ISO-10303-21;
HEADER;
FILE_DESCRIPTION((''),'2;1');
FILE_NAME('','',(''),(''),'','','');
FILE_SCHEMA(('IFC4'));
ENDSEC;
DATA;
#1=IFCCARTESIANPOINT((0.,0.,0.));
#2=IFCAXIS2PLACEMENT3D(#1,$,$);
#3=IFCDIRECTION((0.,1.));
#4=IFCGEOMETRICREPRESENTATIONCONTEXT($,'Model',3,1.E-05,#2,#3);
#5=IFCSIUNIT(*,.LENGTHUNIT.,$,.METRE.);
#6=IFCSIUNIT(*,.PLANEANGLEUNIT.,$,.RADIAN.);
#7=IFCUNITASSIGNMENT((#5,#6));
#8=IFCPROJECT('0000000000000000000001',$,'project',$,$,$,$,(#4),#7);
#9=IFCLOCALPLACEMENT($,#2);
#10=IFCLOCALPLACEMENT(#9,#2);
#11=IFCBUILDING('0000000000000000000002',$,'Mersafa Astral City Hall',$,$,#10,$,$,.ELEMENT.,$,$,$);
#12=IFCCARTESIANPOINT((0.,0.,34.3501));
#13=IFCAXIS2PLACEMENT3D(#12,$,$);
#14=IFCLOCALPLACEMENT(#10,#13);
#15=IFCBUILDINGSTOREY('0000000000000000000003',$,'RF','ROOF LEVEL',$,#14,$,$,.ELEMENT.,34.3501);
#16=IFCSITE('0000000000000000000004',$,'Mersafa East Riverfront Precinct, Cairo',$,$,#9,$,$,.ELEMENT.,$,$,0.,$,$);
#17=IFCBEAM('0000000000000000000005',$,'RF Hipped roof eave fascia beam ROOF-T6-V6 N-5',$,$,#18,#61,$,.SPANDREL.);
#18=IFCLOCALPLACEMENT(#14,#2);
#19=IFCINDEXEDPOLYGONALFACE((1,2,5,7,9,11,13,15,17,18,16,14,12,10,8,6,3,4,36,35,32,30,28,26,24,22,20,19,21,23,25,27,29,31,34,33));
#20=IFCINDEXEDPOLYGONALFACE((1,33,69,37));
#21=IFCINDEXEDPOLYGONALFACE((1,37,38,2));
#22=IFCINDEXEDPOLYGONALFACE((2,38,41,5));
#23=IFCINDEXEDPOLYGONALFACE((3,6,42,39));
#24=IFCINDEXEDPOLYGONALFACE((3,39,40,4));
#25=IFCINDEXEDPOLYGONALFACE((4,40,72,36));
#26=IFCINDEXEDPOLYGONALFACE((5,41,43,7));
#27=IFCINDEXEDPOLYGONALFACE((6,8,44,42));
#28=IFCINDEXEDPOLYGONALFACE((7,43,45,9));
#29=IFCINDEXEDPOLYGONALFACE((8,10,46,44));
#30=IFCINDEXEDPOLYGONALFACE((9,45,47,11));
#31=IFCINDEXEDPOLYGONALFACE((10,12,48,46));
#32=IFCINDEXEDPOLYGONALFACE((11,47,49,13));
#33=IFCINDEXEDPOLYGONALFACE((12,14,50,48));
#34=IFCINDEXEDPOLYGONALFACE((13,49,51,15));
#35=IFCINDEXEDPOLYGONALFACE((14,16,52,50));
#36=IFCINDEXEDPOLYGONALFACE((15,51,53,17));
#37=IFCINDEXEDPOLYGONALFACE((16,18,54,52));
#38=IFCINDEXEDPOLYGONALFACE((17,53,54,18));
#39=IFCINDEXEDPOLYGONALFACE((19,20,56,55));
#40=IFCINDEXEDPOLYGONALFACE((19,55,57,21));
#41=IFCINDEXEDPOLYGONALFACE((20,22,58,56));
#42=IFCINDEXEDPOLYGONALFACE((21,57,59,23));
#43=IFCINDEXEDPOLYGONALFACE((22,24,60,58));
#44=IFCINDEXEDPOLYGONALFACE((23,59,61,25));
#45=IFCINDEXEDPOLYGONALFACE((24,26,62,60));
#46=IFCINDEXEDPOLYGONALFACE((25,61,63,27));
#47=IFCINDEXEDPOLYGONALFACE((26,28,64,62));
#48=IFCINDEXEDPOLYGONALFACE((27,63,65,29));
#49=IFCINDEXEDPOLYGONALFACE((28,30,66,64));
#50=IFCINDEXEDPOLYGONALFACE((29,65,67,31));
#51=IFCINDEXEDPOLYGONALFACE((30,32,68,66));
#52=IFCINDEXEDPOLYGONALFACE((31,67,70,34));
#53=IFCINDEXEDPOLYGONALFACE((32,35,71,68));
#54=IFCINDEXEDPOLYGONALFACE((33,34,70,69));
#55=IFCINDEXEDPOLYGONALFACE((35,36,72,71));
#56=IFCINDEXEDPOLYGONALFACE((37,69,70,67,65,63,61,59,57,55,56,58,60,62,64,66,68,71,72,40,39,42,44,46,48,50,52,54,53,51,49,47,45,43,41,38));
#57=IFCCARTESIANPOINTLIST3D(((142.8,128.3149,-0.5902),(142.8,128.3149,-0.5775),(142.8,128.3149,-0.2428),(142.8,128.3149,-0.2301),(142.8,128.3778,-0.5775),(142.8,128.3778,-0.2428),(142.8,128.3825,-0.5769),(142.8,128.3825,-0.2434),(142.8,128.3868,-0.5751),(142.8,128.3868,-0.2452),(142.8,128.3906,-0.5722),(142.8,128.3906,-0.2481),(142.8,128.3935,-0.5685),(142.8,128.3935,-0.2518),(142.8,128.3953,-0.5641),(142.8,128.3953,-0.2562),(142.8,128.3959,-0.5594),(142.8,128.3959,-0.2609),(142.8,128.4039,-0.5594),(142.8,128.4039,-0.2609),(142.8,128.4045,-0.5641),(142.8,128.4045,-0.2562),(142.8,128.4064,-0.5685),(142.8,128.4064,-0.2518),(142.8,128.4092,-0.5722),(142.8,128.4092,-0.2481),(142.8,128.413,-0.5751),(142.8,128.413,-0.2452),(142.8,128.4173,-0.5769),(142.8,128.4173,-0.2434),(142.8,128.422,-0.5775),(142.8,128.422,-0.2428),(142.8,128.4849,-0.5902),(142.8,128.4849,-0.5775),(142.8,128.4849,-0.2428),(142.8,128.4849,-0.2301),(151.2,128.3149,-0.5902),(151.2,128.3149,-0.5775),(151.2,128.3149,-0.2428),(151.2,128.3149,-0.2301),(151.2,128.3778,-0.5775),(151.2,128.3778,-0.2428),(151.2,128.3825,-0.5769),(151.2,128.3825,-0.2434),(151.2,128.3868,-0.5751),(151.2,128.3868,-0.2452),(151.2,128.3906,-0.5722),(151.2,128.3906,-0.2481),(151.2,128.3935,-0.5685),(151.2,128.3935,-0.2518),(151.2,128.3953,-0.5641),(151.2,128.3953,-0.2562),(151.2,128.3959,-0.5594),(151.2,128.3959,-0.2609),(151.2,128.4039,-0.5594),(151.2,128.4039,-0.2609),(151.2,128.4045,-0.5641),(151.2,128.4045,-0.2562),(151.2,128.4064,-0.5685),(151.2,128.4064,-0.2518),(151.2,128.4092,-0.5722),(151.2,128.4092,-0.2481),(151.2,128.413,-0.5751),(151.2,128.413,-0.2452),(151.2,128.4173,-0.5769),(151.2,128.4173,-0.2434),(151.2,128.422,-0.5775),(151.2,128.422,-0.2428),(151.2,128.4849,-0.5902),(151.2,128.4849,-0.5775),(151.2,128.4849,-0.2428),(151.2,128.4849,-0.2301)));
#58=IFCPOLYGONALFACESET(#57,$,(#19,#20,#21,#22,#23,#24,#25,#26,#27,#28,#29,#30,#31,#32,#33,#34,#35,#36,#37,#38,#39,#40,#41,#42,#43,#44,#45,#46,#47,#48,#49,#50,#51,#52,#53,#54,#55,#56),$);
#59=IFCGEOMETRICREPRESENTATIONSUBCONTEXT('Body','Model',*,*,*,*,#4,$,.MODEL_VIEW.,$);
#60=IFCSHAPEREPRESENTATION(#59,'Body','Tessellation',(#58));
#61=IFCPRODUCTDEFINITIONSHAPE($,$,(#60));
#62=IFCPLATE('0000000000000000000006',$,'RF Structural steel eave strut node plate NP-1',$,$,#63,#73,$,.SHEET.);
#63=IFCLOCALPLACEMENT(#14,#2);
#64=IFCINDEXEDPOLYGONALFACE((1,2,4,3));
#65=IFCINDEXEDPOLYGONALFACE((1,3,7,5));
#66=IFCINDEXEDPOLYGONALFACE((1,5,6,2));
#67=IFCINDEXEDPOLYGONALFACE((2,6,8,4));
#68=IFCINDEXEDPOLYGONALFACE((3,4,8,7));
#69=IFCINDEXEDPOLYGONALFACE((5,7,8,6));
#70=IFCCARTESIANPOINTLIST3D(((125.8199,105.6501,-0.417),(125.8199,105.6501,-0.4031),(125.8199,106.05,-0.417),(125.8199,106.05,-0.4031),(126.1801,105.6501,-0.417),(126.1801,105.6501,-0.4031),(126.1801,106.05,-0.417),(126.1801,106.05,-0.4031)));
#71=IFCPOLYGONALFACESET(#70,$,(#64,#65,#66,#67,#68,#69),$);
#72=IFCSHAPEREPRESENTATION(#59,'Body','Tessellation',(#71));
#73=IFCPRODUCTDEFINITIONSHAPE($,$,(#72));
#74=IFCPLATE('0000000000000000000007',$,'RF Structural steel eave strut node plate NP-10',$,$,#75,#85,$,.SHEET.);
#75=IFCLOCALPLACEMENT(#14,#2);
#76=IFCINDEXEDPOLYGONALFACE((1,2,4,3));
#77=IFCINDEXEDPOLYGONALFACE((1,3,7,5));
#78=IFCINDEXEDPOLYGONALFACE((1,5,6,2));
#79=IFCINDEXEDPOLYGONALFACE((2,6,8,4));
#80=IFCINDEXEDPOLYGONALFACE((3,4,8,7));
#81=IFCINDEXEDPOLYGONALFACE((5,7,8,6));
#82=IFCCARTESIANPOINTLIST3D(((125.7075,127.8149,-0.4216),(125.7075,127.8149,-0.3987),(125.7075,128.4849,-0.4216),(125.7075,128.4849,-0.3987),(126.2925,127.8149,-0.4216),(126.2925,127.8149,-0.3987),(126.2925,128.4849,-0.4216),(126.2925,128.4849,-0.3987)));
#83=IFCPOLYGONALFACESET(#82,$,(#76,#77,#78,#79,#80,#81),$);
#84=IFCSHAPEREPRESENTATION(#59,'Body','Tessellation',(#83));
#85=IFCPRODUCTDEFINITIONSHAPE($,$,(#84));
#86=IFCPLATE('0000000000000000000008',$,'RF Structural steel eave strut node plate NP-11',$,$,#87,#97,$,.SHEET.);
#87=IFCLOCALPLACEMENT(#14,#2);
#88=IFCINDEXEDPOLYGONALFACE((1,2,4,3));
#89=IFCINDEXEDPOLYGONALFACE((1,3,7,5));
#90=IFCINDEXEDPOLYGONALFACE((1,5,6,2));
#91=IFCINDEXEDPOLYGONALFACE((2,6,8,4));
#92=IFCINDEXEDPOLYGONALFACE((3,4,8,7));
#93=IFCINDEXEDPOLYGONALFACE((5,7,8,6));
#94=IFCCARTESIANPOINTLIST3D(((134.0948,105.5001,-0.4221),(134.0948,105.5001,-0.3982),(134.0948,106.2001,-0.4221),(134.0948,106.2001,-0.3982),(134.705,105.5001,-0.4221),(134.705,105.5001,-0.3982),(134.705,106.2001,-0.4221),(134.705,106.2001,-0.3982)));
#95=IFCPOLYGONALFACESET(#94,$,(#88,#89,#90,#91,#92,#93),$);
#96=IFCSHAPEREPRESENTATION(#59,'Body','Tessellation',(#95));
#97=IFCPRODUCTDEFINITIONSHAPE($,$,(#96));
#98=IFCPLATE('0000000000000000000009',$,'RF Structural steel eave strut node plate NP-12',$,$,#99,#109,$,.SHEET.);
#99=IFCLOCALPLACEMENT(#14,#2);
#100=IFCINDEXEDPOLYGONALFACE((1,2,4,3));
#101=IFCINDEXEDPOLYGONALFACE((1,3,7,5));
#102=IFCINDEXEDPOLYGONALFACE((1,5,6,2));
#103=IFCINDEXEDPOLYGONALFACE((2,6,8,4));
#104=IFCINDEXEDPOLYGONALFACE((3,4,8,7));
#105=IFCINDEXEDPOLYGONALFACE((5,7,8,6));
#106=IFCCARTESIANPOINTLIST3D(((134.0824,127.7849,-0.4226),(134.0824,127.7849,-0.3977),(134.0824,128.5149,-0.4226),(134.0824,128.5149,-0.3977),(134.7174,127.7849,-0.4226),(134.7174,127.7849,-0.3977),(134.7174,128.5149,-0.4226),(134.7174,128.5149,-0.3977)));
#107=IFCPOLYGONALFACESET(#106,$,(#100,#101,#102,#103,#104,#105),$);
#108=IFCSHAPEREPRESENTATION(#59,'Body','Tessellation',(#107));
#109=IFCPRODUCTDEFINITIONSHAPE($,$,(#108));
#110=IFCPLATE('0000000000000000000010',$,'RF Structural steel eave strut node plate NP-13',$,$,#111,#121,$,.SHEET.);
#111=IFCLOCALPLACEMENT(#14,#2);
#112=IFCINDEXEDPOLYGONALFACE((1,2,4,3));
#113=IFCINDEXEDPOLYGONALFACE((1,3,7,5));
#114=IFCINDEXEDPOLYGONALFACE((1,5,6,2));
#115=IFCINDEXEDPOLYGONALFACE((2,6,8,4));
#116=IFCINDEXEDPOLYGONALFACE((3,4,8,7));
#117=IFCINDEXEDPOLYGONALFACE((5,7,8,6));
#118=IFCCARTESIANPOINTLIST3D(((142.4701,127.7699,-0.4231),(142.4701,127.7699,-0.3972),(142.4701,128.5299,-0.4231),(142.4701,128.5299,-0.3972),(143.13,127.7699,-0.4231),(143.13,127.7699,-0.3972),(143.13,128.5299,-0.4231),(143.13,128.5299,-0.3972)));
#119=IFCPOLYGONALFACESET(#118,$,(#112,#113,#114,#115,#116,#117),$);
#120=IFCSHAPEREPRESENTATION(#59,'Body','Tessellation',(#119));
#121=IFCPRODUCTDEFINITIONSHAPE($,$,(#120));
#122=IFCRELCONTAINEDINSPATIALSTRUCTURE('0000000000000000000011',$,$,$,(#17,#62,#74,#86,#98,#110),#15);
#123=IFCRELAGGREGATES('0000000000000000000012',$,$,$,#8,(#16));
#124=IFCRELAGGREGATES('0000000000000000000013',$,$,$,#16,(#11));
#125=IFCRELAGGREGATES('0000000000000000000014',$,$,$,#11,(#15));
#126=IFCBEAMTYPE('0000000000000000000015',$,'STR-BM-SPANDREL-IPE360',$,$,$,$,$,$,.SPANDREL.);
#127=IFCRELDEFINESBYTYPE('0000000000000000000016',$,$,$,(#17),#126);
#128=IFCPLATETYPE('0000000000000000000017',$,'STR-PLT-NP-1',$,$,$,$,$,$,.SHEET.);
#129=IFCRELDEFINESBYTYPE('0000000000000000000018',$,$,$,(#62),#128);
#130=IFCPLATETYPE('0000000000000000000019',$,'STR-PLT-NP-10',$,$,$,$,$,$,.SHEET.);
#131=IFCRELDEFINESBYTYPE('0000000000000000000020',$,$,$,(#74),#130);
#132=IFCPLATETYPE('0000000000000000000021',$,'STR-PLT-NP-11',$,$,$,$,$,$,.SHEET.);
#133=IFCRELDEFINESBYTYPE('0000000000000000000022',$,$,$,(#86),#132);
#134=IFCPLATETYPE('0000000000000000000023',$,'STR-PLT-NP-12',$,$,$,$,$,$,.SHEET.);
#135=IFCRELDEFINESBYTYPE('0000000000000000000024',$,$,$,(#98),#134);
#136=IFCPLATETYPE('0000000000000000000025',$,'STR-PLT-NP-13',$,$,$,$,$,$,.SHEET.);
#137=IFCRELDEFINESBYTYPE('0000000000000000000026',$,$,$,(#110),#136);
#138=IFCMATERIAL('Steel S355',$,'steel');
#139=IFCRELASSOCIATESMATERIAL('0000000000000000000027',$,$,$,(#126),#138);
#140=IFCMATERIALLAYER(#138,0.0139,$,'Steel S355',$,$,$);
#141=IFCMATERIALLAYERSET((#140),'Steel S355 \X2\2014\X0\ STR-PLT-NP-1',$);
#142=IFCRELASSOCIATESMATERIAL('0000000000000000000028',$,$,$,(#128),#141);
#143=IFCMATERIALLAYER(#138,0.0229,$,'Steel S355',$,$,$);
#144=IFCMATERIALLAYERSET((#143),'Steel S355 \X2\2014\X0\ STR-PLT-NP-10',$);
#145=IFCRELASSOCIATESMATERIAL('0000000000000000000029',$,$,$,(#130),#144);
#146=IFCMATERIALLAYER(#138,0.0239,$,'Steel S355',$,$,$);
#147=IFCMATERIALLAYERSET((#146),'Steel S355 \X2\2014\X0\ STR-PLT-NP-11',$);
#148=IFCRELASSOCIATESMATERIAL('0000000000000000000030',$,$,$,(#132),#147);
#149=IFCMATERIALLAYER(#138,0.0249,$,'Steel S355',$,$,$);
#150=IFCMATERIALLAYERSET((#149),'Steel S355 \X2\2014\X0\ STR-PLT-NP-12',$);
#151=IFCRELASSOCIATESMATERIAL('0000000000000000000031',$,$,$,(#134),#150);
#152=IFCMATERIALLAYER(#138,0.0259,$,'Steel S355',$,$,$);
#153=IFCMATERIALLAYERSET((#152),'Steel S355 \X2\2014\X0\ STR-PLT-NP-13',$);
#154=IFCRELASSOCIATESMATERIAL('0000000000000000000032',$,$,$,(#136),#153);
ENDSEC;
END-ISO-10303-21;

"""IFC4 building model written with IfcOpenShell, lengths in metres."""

from ifc_helpers import new_model, si_unit, direction, frame, origin, origin_2d, place, context, subcontext, project, spatial, rectangle, i_section, extrude, material, layer, layer_set, material_profile, profile_set, type_object, element, save


model = new_model("IFC4")

# Units and contexts
model_context = context("Model", 3, precision=1e-05, world=origin(), true_north=direction((0.0, 1.0)))
body_context = subcontext(model_context, "Body", "Model", "MODEL_VIEW")
ifc_project = project(units=[si_unit("LENGTHUNIT", "METRE"), si_unit("PLANEANGLEUNIT", "RADIAN")], contexts=[model_context])

# Site, building, storey
site_placement = place(None, origin())
site = spatial("IfcSite", under=ifc_project, at=site_placement, Name="Mersafa East Riverfront Precinct, Cairo", CompositionType="ELEMENT", RefElevation=0.0)
building_placement = place(site_placement, origin())
building = spatial("IfcBuilding", under=site, at=building_placement, Name="Mersafa Astral City Hall", CompositionType="ELEMENT")
storey_placement = place(building_placement, frame((0.0, 0.0, 34.3501)))
storey = spatial("IfcBuildingStorey", under=building, at=storey_placement, Name="RF", Description="ROOF LEVEL", CompositionType="ELEMENT", Elevation=34.3501)

# Shared definitions
ifc_material = material(Name="Steel S355", Category="steel")

# Beam
ifc_material_profile_1 = material_profile(ifc_material, i_section(OverallWidth=0.1699, OverallDepth=0.3601, WebThickness=0.0081, FlangeThickness=0.0127, FilletRadius=0.0181, at=origin_2d()), Name="IPE 360")
ifc_profile_set_1 = profile_set([ifc_material_profile_1], Name="Steel S355")
beam_type_1 = type_object("IfcBeamType", Name="STR-BM-SPANDREL-IPE360", PredefinedType="SPANDREL", material=ifc_profile_set_1)
beam_1_placement = place(storey_placement, frame((142.8, 128.3999, -0.4102), z_axis=(1.0, 0.0, 0.0), x_axis=(0.0, 1.0, 0.0)))
element("IfcBeam", 1, at=beam_1_placement, inside=storey, type_object=beam_type_1, Name="RF Hipped roof eave fascia beam ROOF-T6-V6 N-5", PredefinedType="SPANDREL", context=body_context, shape_type="SweptSolid", body=[
    extrude(i_section(OverallWidth=0.1699, OverallDepth=0.3601, WebThickness=0.0081, FlangeThickness=0.0127, FilletRadius=0.0181, at=origin_2d()), origin(), (0.0, 0.0, 1.0), 8.3999),
])

# Plates
ifc_layer_1 = layer(ifc_material, 0.0139, Name="Steel S355")
ifc_layer_set_1 = layer_set([ifc_layer_1], Name="Steel S355 — STR-PLT-NP-1")
plate_type_1 = type_object("IfcPlateType", Name="STR-PLT-NP-1", PredefinedType="SHEET", material=ifc_layer_set_1)
plate_1_placement = place(storey_placement, frame((126.0, 105.8501, -0.417), z_axis=(0.0, 0.0, 1.0), x_axis=(1.0, 0.0, 0.0)))
element("IfcPlate", 2, at=plate_1_placement, inside=storey, type_object=plate_type_1, Name="RF Structural steel eave strut node plate NP-1", PredefinedType="SHEET", context=body_context, shape_type="SweptSolid", body=[
    extrude(rectangle(XDim=0.3601, YDim=0.3999, at=origin_2d()), origin(), (0.0, 0.0, 1.0), 0.0139),
])
ifc_layer_2 = layer(ifc_material, 0.0229, Name="Steel S355")
ifc_layer_set_2 = layer_set([ifc_layer_2], Name="Steel S355 — STR-PLT-NP-10")
plate_type_2 = type_object("IfcPlateType", Name="STR-PLT-NP-10", PredefinedType="SHEET", material=ifc_layer_set_2)
plate_2_placement = place(storey_placement, frame((126.0, 128.1499, -0.4216), z_axis=(0.0, 0.0, 1.0), x_axis=(1.0, 0.0, 0.0)))
element("IfcPlate", 3, at=plate_2_placement, inside=storey, type_object=plate_type_2, Name="RF Structural steel eave strut node plate NP-10", PredefinedType="SHEET", context=body_context, shape_type="SweptSolid", body=[
    extrude(rectangle(XDim=0.585, YDim=0.6699, at=origin_2d()), origin(), (0.0, 0.0, 1.0), 0.0229),
])
ifc_layer_3 = layer(ifc_material, 0.0239, Name="Steel S355")
ifc_layer_set_3 = layer_set([ifc_layer_3], Name="Steel S355 — STR-PLT-NP-11")
plate_type_3 = type_object("IfcPlateType", Name="STR-PLT-NP-11", PredefinedType="SHEET", material=ifc_layer_set_3)
plate_3_placement = place(storey_placement, frame((134.3999, 105.8501, -0.4221), z_axis=(0.0, 0.0, 1.0), x_axis=(1.0, 0.0, 0.0)))
element("IfcPlate", 4, at=plate_3_placement, inside=storey, type_object=plate_type_3, Name="RF Structural steel eave strut node plate NP-11", PredefinedType="SHEET", context=body_context, shape_type="SweptSolid", body=[
    extrude(rectangle(XDim=0.6101, YDim=0.7, at=origin_2d()), origin(), (0.0, 0.0, 1.0), 0.0239),
])
ifc_layer_4 = layer(ifc_material, 0.0249, Name="Steel S355")
ifc_layer_set_4 = layer_set([ifc_layer_4], Name="Steel S355 — STR-PLT-NP-12")
plate_type_4 = type_object("IfcPlateType", Name="STR-PLT-NP-12", PredefinedType="SHEET", material=ifc_layer_set_4)
plate_4_placement = place(storey_placement, frame((134.3999, 128.1499, -0.4226), z_axis=(0.0, 0.0, 1.0), x_axis=(1.0, 0.0, 0.0)))
element("IfcPlate", 5, at=plate_4_placement, inside=storey, type_object=plate_type_4, Name="RF Structural steel eave strut node plate NP-12", PredefinedType="SHEET", context=body_context, shape_type="SweptSolid", body=[
    extrude(rectangle(XDim=0.635, YDim=0.73, at=origin_2d()), origin(), (0.0, 0.0, 1.0), 0.0249),
])
ifc_layer_5 = layer(ifc_material, 0.0259, Name="Steel S355")
ifc_layer_set_5 = layer_set([ifc_layer_5], Name="Steel S355 — STR-PLT-NP-13")
plate_type_5 = type_object("IfcPlateType", Name="STR-PLT-NP-13", PredefinedType="SHEET", material=ifc_layer_set_5)
plate_5_placement = place(storey_placement, frame((142.8, 128.1499, -0.4231), z_axis=(0.0, 0.0, 1.0), x_axis=(1.0, 0.0, 0.0)))
element("IfcPlate", 6, at=plate_5_placement, inside=storey, type_object=plate_type_5, Name="RF Structural steel eave strut node plate NP-13", PredefinedType="SHEET", context=body_context, shape_type="SweptSolid", body=[
    extrude(rectangle(XDim=0.6599, YDim=0.76, at=origin_2d()), origin(), (0.0, 0.0, 1.0), 0.0259),
])

save(model, "model.ifc")
